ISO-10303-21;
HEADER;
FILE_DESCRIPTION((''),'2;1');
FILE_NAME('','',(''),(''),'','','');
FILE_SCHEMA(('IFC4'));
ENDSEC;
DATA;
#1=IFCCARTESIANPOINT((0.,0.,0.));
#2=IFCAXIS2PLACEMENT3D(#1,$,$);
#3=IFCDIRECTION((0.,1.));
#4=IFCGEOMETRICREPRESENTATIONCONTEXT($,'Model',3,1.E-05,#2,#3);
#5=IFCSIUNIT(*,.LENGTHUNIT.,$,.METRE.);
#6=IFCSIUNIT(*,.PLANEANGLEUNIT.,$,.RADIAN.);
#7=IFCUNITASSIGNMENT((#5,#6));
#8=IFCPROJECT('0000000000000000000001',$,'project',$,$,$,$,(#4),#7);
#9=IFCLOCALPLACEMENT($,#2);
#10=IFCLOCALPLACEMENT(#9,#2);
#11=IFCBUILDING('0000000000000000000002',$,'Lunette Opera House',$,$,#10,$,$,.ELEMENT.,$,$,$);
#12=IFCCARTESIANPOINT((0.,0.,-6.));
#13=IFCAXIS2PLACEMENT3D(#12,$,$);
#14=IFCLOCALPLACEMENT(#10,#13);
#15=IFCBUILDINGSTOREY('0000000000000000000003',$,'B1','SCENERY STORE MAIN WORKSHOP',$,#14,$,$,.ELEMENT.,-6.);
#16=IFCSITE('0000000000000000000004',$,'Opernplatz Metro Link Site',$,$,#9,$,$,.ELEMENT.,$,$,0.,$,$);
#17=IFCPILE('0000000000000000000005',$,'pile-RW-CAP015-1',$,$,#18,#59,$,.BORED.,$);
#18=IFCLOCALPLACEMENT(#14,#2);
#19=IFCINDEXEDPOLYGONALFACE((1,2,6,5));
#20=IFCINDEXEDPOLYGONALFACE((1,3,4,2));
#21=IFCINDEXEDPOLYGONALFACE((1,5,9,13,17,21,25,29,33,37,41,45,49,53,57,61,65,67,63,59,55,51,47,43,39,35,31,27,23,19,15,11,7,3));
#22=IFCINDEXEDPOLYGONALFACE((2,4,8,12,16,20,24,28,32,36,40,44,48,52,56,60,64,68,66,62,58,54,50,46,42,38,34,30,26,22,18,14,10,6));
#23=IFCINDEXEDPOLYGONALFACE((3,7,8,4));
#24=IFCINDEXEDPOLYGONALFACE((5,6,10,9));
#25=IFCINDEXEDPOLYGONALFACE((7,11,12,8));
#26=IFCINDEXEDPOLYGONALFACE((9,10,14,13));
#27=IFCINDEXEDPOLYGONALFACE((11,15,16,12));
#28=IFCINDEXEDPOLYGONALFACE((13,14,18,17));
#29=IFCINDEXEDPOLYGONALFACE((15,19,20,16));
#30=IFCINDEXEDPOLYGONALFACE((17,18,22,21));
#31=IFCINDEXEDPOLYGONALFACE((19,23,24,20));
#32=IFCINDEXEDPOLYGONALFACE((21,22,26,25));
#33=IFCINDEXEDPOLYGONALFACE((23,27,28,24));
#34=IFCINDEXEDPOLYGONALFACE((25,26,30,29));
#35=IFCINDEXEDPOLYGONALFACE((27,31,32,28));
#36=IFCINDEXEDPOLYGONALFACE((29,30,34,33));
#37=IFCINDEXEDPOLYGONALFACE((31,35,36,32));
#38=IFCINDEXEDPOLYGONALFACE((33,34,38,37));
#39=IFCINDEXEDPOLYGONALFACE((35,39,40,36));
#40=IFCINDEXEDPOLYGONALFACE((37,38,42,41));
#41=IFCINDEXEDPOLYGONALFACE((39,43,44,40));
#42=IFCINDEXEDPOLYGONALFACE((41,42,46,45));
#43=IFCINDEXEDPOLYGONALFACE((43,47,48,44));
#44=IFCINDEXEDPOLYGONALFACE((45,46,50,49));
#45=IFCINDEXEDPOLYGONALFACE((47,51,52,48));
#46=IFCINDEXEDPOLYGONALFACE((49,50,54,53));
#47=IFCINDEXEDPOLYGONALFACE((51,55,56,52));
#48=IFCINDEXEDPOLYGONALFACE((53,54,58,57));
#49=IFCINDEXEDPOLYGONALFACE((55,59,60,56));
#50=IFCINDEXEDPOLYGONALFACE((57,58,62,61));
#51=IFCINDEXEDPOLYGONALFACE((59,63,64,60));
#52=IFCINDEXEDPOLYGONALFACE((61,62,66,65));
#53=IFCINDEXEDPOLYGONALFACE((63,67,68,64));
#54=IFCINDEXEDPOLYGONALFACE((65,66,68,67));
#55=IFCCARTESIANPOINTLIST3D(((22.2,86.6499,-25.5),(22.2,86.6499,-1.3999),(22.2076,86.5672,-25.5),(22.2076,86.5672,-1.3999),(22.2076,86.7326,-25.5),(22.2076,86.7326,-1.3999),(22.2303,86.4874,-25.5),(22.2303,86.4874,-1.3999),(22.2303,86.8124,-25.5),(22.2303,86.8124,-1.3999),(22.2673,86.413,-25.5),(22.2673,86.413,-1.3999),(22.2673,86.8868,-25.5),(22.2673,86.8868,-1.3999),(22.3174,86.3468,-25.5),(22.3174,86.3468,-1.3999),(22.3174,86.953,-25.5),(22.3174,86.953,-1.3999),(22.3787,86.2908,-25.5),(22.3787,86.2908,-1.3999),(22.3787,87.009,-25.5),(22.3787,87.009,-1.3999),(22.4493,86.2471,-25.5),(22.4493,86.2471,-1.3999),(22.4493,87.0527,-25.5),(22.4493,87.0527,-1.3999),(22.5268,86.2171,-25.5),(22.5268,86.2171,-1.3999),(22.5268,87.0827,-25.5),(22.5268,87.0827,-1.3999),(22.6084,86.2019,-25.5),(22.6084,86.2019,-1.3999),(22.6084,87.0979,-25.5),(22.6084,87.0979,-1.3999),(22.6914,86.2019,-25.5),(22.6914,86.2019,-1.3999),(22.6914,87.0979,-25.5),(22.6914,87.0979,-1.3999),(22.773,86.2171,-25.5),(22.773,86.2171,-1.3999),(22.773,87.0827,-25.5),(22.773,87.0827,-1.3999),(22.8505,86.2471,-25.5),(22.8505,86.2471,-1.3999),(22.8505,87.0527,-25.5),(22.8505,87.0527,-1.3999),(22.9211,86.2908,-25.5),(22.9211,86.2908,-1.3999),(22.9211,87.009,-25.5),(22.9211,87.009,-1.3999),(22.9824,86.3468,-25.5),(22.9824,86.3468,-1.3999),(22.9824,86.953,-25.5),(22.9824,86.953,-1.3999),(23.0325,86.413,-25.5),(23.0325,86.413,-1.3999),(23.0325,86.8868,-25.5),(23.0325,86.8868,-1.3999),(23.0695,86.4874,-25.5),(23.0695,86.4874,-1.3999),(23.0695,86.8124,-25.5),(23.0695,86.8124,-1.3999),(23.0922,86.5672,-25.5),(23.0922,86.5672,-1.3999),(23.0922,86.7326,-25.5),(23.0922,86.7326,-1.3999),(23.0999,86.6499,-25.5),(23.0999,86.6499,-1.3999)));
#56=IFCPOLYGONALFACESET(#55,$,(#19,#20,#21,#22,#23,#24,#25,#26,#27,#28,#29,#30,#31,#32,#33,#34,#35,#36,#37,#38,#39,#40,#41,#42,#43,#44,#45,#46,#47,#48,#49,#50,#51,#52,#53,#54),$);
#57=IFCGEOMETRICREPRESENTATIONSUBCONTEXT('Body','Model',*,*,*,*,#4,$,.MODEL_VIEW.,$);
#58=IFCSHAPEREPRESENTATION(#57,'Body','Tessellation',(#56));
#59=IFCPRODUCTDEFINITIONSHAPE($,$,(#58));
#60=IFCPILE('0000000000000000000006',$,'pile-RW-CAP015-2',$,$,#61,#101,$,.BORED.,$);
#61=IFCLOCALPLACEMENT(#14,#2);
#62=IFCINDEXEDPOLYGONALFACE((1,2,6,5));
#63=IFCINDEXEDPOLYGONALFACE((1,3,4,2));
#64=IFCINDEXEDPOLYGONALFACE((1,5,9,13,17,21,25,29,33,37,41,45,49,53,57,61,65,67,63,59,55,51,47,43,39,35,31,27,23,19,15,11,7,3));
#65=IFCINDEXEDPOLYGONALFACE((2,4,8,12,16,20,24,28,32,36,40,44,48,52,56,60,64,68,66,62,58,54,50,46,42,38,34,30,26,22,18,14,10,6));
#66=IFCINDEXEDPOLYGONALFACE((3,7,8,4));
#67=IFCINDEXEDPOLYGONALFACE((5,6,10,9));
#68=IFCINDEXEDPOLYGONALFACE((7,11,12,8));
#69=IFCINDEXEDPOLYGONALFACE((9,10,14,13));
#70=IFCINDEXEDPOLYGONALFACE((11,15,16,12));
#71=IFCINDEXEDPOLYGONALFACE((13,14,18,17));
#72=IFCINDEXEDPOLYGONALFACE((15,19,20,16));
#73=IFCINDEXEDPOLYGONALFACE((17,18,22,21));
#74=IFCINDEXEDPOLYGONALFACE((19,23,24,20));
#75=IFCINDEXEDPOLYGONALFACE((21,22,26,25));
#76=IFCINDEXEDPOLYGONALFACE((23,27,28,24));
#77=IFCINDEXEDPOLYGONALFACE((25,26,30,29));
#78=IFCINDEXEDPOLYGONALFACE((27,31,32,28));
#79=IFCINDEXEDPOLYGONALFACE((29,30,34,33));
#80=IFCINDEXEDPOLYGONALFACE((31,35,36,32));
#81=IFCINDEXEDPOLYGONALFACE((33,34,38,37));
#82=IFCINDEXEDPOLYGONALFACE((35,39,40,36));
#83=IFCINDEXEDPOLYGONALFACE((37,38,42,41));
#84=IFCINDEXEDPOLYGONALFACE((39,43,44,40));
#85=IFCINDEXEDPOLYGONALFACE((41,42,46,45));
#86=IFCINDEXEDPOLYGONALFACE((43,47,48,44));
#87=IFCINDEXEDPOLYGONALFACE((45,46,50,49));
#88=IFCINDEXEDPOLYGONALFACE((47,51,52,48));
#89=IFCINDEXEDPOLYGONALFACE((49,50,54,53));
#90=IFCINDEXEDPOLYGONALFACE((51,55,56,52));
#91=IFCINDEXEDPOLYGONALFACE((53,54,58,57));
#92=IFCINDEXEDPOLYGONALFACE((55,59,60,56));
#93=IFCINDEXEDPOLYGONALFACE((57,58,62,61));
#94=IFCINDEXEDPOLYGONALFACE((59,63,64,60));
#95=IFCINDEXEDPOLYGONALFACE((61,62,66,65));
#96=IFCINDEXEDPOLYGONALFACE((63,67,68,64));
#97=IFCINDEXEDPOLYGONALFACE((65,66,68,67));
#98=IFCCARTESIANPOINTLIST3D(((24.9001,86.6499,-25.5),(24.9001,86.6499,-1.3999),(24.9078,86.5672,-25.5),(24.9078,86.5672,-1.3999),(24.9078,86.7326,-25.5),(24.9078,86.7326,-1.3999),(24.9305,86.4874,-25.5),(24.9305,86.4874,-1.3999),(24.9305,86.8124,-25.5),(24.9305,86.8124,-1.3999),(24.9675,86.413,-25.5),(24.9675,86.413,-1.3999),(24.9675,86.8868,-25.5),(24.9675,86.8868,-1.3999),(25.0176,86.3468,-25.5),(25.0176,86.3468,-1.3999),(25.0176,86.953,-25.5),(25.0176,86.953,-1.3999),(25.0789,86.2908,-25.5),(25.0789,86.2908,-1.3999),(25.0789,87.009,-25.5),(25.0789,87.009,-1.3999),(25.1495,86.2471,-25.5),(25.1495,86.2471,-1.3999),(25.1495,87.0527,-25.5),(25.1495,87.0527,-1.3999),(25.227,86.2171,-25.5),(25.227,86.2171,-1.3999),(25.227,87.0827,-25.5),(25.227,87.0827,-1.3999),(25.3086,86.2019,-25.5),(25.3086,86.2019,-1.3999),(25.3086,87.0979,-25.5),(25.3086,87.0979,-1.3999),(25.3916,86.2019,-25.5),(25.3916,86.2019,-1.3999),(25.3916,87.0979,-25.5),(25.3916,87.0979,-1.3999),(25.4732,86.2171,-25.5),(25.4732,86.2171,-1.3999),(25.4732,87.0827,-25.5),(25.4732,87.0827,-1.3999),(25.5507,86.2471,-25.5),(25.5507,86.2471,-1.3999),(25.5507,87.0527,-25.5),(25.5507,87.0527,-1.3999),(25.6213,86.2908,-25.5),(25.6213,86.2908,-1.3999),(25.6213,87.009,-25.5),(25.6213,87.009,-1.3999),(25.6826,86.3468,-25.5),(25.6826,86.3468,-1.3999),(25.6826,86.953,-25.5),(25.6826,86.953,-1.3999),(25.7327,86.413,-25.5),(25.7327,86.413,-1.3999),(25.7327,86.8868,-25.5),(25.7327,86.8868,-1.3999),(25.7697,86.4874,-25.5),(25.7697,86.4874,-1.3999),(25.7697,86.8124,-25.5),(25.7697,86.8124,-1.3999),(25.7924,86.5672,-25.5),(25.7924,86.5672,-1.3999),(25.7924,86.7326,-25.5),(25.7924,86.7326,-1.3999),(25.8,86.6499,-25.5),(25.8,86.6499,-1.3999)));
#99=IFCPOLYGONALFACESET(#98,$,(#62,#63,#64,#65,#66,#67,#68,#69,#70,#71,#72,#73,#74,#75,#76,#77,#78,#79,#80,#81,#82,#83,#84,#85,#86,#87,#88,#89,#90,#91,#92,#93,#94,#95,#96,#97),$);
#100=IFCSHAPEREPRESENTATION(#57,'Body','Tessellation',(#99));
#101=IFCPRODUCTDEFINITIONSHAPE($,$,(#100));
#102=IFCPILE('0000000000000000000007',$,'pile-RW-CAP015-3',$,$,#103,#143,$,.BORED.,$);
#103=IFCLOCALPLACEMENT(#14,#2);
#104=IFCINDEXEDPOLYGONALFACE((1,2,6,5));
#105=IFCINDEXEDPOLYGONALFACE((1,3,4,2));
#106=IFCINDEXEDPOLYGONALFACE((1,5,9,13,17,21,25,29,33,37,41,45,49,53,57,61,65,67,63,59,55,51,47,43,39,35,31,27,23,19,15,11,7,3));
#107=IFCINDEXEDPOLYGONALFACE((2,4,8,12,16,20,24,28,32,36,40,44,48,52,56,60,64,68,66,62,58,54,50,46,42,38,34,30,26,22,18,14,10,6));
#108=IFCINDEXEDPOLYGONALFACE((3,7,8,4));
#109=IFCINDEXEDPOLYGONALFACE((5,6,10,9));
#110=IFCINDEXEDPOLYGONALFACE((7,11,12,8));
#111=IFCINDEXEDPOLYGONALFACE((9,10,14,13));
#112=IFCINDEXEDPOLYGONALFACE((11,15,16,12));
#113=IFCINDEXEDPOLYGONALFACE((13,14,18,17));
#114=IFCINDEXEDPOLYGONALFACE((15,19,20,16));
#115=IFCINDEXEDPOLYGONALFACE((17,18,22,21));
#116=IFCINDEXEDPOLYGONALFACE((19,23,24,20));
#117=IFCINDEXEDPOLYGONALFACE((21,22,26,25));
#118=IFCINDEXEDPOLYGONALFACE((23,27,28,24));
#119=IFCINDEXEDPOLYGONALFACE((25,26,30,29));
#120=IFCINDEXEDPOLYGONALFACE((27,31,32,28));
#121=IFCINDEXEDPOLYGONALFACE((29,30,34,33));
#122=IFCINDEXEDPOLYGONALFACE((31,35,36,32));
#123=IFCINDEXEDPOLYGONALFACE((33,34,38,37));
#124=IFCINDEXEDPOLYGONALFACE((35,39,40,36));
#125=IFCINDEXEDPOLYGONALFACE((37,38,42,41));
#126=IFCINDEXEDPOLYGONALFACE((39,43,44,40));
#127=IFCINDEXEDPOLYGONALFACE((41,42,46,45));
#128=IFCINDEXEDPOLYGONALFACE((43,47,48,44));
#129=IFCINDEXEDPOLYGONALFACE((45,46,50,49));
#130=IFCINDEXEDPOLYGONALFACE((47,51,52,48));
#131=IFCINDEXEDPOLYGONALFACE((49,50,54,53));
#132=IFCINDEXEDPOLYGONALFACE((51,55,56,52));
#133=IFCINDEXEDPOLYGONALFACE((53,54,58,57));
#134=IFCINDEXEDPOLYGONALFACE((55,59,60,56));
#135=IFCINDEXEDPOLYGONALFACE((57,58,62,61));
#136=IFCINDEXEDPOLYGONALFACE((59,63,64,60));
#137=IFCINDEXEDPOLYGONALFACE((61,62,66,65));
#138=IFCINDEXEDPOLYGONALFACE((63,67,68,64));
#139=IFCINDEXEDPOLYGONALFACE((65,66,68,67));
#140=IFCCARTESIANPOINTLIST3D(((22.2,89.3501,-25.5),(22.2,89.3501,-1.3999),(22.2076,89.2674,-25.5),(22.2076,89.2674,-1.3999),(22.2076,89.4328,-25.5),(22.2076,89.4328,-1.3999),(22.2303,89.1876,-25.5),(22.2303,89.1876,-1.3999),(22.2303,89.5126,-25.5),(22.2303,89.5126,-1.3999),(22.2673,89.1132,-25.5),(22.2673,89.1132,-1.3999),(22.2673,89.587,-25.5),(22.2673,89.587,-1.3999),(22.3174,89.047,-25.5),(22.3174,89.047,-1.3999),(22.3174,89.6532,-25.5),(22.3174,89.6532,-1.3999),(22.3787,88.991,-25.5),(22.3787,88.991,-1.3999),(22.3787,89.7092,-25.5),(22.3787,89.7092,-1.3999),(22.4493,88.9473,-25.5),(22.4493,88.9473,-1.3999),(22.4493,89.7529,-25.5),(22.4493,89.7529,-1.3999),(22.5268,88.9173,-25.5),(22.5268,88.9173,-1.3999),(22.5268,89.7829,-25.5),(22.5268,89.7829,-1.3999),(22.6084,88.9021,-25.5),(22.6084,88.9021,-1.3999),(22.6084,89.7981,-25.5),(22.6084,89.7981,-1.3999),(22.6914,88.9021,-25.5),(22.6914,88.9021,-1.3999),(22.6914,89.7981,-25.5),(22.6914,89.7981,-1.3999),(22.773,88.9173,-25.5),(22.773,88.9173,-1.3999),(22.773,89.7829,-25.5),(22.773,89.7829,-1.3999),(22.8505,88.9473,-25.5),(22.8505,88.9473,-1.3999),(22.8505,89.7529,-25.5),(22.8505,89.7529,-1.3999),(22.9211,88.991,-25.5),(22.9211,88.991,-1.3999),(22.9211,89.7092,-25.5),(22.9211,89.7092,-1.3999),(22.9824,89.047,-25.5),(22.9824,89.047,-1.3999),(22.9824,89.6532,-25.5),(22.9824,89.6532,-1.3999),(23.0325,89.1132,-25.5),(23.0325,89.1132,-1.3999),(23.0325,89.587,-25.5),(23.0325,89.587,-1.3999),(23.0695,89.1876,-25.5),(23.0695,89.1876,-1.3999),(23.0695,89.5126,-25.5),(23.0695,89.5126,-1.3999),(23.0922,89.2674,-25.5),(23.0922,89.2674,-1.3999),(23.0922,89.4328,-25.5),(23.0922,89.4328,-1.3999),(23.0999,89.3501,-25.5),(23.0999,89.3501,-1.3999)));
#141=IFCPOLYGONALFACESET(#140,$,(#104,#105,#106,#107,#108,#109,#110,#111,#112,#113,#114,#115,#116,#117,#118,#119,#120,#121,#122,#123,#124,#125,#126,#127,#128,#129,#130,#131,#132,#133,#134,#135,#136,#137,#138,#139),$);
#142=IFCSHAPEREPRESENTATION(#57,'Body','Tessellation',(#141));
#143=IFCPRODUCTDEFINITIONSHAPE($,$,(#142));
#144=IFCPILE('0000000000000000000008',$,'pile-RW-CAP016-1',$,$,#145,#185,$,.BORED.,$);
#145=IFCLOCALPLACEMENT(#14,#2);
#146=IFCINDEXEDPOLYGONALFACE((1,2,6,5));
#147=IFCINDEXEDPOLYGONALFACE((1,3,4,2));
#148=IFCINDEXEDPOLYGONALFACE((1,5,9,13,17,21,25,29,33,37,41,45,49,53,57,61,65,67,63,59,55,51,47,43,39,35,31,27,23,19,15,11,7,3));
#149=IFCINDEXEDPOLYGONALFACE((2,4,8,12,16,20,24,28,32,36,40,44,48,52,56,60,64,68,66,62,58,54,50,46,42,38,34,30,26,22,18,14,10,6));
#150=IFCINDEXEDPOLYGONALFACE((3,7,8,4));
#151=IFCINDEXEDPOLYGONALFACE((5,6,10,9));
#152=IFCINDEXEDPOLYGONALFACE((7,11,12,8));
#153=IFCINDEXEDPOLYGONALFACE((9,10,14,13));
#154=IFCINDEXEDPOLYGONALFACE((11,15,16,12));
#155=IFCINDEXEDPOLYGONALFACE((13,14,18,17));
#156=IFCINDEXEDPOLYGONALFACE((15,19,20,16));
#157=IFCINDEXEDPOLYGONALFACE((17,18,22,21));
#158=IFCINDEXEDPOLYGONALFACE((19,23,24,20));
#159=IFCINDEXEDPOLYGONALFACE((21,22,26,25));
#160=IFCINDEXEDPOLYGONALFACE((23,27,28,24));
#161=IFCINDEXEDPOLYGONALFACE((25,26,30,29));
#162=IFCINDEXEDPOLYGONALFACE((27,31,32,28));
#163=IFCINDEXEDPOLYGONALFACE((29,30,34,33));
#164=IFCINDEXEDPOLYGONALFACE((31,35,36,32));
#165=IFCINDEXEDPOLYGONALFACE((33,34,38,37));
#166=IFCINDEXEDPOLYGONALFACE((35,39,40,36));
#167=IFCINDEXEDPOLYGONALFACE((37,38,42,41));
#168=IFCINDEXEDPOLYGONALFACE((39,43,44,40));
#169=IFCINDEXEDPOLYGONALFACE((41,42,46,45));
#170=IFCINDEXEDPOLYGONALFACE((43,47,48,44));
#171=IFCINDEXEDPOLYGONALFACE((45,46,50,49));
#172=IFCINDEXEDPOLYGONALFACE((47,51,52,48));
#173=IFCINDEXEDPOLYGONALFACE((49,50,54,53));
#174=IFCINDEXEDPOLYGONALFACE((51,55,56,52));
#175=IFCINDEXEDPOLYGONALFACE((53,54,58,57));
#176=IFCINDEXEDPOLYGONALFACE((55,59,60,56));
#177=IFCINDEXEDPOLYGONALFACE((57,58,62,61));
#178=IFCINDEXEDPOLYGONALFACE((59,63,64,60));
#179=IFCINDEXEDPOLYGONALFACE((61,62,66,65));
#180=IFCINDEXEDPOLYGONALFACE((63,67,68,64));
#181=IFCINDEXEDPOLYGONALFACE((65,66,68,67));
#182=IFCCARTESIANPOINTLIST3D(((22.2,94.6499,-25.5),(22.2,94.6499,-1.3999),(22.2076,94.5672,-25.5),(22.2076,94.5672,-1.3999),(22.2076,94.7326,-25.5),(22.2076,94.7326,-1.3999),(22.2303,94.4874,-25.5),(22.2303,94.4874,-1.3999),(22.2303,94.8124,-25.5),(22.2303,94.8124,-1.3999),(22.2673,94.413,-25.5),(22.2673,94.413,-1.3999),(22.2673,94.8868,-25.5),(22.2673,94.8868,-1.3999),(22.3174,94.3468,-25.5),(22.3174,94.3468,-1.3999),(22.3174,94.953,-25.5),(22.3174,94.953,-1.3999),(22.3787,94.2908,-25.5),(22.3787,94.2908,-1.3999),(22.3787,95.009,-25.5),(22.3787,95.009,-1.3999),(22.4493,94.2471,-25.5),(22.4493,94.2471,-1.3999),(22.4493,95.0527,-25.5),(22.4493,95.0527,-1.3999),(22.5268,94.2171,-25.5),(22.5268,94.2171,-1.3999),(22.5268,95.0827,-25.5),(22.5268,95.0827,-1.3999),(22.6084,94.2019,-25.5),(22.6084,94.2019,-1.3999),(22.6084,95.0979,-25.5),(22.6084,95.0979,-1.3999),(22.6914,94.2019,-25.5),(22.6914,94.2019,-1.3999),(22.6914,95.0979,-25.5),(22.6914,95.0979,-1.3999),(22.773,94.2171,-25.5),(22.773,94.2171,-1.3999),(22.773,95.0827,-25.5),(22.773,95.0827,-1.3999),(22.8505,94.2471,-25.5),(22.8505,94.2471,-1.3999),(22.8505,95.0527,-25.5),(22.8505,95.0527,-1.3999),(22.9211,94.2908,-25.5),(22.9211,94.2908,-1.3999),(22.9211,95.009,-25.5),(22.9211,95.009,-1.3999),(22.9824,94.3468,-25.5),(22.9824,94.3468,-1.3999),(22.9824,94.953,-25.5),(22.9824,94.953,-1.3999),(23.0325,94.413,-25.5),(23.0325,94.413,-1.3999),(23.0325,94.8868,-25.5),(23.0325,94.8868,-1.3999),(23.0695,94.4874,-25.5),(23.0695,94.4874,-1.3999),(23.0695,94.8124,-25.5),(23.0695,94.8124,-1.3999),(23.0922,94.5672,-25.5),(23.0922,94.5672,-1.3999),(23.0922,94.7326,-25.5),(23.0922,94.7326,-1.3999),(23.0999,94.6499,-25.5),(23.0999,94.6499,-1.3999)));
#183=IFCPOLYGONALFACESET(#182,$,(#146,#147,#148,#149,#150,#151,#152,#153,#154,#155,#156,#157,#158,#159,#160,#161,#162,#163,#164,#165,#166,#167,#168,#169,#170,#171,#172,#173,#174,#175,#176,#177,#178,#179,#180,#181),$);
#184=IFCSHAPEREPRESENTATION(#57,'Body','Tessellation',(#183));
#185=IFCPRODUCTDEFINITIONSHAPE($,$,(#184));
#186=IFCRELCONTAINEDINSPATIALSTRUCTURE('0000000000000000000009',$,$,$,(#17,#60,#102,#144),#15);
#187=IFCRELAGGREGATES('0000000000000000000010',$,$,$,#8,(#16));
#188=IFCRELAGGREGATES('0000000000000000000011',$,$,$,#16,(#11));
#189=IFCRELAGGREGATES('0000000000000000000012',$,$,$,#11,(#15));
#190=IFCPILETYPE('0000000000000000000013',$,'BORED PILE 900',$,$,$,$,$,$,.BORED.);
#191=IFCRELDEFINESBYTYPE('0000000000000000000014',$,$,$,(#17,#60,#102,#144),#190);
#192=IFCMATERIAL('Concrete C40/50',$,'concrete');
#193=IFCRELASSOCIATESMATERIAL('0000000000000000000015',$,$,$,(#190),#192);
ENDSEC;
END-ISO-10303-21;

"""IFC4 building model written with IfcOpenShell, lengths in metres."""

from ifc_helpers import new_model, si_unit, direction, frame, origin, origin_2d, place, context, subcontext, project, spatial, circle, extrude, material, material_profile, profile_set, type_object, element, save


model = new_model("IFC4")

# Units and contexts
model_context = context("Model", 3, precision=1e-05, world=origin(), true_north=direction((0.0, 1.0)))
body_context = subcontext(model_context, "Body", "Model", "MODEL_VIEW")
ifc_project = project(units=[si_unit("LENGTHUNIT", "METRE"), si_unit("PLANEANGLEUNIT", "RADIAN")], contexts=[model_context])

# Site, building, storey
site_placement = place(None, origin())
site = spatial("IfcSite", under=ifc_project, at=site_placement, Name="Opernplatz Metro Link Site", CompositionType="ELEMENT", RefElevation=0.0)
building_placement = place(site_placement, origin())
building = spatial("IfcBuilding", under=site, at=building_placement, Name="Lunette Opera House", CompositionType="ELEMENT")
storey_placement = place(building_placement, frame((0.0, 0.0, -6.0)))
storey = spatial("IfcBuildingStorey", under=building, at=storey_placement, Name="B1", Description="SCENERY STORE MAIN WORKSHOP", CompositionType="ELEMENT", Elevation=-6.0)

# Piles
ifc_material_1 = material(Name="Concrete C40/50", Category="concrete")
ifc_material_profile_1 = material_profile(ifc_material_1, circle(Radius=0.45, at=origin_2d()), Name="BORED PILE 900")
ifc_profile_set_1 = profile_set([ifc_material_profile_1], Name="Concrete C40/50")
pile_type = type_object("IfcPileType", Name="BORED PILE 900", PredefinedType="BORED", material=ifc_profile_set_1)
for number, where, z_axis, x_axis, name in (
    (1, (22.6499, 86.6499, -1.3999), (0.0, 0.0, -1.0), (1.0, 0.0, 0.0), "pile-RW-CAP015-1"),
    (2, (25.3501, 86.6499, -1.3999), (0.0, 0.0, -1.0), (1.0, 0.0, 0.0), "pile-RW-CAP015-2"),
    (3, (22.6499, 89.3501, -1.3999), (0.0, 0.0, -1.0), (1.0, 0.0, 0.0), "pile-RW-CAP015-3"),
    (4, (22.6499, 94.6499, -1.3999), (0.0, 0.0, -1.0), (1.0, 0.0, 0.0), "pile-RW-CAP016-1"),
):
    element("IfcPile", number, at=place(storey_placement, frame(where, z_axis=z_axis, x_axis=x_axis)), inside=storey, type_object=pile_type, Name=name, PredefinedType="BORED", context=body_context, shape_type="SweptSolid", body=[
        extrude(circle(Radius=0.45, at=origin_2d()), origin(), (0.0, 0.0, 1.0), 24.1001),
    ])

save(model, "model.ifc")
